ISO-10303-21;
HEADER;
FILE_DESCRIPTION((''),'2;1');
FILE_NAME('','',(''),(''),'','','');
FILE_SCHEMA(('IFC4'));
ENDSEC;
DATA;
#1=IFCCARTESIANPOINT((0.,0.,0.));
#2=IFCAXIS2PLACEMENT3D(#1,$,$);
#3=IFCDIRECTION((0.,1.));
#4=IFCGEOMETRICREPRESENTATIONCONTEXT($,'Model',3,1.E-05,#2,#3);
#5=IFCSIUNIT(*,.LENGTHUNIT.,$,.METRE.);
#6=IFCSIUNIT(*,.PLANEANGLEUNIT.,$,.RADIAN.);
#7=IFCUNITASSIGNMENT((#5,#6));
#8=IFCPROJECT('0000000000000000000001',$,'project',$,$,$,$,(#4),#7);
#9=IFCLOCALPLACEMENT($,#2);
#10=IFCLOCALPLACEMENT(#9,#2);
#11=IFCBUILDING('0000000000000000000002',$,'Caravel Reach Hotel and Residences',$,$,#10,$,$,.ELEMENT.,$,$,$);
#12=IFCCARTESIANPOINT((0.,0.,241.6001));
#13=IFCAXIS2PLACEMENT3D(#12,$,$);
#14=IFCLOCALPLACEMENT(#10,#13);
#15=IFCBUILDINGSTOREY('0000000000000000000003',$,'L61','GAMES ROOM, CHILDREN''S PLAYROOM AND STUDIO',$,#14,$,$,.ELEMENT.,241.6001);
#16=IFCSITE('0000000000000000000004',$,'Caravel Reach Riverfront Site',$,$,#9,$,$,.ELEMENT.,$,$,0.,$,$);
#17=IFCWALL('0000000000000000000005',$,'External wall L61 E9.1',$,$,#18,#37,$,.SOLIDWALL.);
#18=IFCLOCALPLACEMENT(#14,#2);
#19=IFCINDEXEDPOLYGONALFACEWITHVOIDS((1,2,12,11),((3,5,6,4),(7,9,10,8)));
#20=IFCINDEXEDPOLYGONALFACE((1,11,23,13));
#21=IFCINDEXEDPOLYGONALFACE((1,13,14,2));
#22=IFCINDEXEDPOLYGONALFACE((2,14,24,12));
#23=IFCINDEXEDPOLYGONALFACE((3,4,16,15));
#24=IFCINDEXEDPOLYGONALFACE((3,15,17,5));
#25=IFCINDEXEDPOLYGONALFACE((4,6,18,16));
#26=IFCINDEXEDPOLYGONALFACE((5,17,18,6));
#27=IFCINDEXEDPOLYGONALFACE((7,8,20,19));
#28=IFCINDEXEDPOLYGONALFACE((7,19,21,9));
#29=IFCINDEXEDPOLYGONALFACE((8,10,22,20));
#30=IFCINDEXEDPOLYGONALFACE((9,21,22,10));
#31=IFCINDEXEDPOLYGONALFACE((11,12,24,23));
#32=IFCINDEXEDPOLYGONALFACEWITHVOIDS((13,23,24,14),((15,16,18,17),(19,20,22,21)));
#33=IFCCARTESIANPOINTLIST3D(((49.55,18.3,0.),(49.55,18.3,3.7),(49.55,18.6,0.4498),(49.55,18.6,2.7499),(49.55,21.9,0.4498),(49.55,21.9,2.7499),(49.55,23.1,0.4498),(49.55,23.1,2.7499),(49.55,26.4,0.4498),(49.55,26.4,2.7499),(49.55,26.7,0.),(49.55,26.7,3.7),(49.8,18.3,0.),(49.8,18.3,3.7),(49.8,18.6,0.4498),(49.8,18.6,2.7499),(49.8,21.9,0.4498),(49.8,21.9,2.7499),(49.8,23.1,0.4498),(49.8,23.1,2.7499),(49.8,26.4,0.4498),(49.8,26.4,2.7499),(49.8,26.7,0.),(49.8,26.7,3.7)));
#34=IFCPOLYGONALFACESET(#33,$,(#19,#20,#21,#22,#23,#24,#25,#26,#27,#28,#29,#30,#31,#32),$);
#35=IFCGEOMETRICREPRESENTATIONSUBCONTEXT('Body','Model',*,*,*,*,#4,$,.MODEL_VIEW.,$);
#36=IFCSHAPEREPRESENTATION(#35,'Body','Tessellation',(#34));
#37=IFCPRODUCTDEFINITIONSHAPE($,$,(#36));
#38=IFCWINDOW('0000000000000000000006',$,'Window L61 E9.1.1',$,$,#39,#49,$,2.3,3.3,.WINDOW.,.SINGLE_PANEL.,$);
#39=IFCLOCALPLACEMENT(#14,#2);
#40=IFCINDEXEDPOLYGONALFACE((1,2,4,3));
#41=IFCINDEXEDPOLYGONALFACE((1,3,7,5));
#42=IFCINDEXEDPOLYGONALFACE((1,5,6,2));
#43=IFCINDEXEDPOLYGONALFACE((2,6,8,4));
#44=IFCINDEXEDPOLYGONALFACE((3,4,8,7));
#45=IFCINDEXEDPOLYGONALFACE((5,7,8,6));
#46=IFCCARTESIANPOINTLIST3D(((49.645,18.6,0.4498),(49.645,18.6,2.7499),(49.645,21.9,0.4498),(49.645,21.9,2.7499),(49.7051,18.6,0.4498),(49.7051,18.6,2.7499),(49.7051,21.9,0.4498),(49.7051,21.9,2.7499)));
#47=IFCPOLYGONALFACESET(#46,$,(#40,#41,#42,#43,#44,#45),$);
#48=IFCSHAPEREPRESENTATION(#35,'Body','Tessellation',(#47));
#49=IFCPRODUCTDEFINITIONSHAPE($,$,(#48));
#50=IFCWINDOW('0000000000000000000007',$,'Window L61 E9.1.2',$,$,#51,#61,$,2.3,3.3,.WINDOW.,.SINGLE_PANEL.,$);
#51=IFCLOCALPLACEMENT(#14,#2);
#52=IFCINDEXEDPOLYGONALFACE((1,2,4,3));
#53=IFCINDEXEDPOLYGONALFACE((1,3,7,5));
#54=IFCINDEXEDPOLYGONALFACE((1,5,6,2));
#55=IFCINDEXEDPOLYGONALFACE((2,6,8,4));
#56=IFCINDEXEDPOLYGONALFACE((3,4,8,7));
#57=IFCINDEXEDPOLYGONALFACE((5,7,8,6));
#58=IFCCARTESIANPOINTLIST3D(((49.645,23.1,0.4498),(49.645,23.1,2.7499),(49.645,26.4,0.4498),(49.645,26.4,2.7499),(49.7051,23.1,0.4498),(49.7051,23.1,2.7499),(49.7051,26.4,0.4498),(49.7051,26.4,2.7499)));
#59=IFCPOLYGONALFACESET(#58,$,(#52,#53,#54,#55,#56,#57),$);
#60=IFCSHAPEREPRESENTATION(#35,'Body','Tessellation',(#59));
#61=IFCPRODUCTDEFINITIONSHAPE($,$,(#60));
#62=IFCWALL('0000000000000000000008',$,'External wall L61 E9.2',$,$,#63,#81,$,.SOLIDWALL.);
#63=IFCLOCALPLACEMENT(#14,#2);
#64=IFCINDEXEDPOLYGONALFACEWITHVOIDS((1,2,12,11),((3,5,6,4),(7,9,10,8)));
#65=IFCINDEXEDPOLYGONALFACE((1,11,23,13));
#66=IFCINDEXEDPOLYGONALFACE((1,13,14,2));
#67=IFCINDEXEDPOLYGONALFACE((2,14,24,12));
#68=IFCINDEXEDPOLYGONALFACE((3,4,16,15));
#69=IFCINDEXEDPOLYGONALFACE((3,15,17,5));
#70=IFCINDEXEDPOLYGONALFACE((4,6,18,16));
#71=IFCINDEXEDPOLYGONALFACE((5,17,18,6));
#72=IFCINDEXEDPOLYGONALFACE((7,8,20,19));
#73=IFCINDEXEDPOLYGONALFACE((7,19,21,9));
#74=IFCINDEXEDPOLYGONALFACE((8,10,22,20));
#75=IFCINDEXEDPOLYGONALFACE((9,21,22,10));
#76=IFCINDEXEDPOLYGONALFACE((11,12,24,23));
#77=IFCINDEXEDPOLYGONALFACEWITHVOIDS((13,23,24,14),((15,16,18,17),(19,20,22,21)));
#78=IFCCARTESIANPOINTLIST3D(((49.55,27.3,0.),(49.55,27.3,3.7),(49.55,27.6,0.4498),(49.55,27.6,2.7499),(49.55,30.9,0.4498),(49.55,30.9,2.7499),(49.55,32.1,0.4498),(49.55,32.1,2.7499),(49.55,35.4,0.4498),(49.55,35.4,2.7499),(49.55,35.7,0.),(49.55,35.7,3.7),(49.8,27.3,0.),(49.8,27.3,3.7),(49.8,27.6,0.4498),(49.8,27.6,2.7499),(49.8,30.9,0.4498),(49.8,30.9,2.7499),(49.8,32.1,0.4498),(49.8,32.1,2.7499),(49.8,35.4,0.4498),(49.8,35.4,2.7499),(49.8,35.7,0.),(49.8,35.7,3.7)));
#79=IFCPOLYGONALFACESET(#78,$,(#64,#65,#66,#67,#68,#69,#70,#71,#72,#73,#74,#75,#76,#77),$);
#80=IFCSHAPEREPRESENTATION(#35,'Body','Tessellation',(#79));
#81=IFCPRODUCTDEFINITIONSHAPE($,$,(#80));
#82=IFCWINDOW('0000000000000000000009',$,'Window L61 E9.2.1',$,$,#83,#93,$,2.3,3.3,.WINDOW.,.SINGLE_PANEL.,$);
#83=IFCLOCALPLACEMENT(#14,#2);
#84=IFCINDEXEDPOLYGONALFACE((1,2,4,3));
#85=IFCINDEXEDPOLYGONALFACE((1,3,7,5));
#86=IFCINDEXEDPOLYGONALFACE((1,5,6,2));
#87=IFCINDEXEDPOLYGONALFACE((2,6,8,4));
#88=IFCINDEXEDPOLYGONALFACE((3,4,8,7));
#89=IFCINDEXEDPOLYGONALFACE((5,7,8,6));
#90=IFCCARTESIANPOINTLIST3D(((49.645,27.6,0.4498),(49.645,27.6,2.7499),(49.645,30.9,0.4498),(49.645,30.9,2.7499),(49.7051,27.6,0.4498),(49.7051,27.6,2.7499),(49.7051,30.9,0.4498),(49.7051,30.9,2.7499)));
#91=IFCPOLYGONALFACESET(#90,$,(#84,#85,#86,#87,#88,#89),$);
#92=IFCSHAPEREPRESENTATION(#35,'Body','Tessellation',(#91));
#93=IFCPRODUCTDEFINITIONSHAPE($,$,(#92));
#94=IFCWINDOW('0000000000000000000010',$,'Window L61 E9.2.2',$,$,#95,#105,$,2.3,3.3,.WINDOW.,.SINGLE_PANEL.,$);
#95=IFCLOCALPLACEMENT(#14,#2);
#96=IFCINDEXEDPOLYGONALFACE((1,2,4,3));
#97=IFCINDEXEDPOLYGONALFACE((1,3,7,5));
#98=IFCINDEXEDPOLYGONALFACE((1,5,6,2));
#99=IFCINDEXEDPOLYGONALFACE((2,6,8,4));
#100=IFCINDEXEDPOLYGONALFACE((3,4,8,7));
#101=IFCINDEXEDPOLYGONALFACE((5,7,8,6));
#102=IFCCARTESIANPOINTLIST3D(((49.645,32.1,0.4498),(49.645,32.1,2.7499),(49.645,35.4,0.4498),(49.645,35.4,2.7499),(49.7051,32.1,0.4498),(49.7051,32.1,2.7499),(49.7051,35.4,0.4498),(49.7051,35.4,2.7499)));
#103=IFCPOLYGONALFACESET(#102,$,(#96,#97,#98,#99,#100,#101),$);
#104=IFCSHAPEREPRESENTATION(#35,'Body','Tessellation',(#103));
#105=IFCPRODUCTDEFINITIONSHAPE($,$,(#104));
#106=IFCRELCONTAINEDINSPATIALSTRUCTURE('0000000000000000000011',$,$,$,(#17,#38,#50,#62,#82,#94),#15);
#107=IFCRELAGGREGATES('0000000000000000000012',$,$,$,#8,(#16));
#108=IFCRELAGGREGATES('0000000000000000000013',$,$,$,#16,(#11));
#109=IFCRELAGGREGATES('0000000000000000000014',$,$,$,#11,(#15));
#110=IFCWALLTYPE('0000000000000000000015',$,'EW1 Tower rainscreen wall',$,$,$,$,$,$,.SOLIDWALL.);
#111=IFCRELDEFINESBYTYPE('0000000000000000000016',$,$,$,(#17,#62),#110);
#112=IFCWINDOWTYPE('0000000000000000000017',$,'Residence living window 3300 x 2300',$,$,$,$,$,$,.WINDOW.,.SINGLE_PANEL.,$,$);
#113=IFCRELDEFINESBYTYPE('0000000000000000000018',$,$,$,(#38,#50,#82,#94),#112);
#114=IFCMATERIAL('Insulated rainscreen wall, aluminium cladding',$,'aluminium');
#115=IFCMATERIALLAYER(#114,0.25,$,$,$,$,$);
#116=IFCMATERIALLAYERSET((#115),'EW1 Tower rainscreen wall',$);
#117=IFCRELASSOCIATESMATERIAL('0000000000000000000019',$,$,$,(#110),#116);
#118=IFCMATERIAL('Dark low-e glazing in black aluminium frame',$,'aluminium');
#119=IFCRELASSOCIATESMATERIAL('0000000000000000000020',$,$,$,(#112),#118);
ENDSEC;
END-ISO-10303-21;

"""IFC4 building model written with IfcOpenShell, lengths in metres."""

from ifc_helpers import new_model, si_unit, direction, frame, frame_2d, origin, place, context, subcontext, project, spatial, rectangle, extrude, material, layer, layer_set, type_object, element, fill, save


model = new_model("IFC4")

# Units and contexts
model_context = context("Model", 3, precision=1e-05, world=origin(), true_north=direction((0.0, 1.0)))
body_context = subcontext(model_context, "Body", "Model", "MODEL_VIEW")
ifc_project = project(units=[si_unit("LENGTHUNIT", "METRE"), si_unit("PLANEANGLEUNIT", "RADIAN")], contexts=[model_context])

# Site, building, storey
site_placement = place(None, origin())
site = spatial("IfcSite", under=ifc_project, at=site_placement, Name="Caravel Reach Riverfront Site", CompositionType="ELEMENT", RefElevation=0.0)
building_placement = place(site_placement, origin())
building = spatial("IfcBuilding", under=site, at=building_placement, Name="Caravel Reach Hotel and Residences", CompositionType="ELEMENT")
storey_placement = place(building_placement, frame((0.0, 0.0, 241.6001)))
storey = spatial("IfcBuildingStorey", under=building, at=storey_placement, Name="L61", Description="GAMES ROOM, CHILDREN'S PLAYROOM AND STUDIO", CompositionType="ELEMENT", Elevation=241.6001)

# Walls, openings, windows
ifc_material_1 = material(Name="Insulated rainscreen wall, aluminium cladding", Category="aluminium")
ifc_layer_1 = layer(ifc_material_1, 0.25)
ifc_layer_set_1 = layer_set([ifc_layer_1], Name="EW1 Tower rainscreen wall")
wall_type_1 = type_object("IfcWallType", Name="EW1 Tower rainscreen wall", PredefinedType="SOLIDWALL", material=ifc_layer_set_1)
wall_1_placement = place(storey_placement, frame((49.675, 18.3, 0.0), z_axis=(0.0, 0.0, 1.0), x_axis=(0.0, 1.0, 0.0)))
wall_1 = element("IfcWall", 1, at=wall_1_placement, inside=storey, type_object=wall_type_1, Name="External wall L61 E9.1", PredefinedType="SOLIDWALL", context=body_context, shape_type="SweptSolid", body=[
    extrude(rectangle(XDim=8.3999, YDim=0.25, at=frame_2d((4.2, 0.0))), origin(), (0.0, 0.0, 1.0), 3.7),
])
opening_1_placement = place(wall_1_placement, frame((0.3, 0.0, 0.45)))
opening_1 = element("IfcOpeningElement", 2, at=opening_1_placement, cuts=wall_1, PredefinedType="OPENING", context=body_context, shape_type="SweptSolid", body=[
    extrude(rectangle(XDim=3.3, YDim=2.3, at=frame_2d((1.6499, 1.1499))), frame((0.0, 0.135, 0.0), z_axis=(0.0, -1.0, 0.0), x_axis=(1.0, 0.0, 0.0)), (0.0, 0.0, 1.0), 0.27),
])
opening_2_placement = place(wall_1_placement, frame((4.8, 0.0, 0.45)))
opening_2 = element("IfcOpeningElement", 3, at=opening_2_placement, cuts=wall_1, PredefinedType="OPENING", context=body_context, shape_type="SweptSolid", body=[
    extrude(rectangle(XDim=3.3, YDim=2.3, at=frame_2d((1.6499, 1.1499))), frame((0.0, 0.135, 0.0), z_axis=(0.0, -1.0, 0.0), x_axis=(1.0, 0.0, 0.0)), (0.0, 0.0, 1.0), 0.27),
])
ifc_material_2 = material(Name="Dark low-e glazing in black aluminium frame", Category="aluminium")
window_type = type_object("IfcWindowType", Name="Residence living window 3300 x 2300", PartitioningType="SINGLE_PANEL", PredefinedType="WINDOW", material=ifc_material_2)
window_1_placement = place(opening_1_placement, origin())
window_1 = element("IfcWindow", 4, at=window_1_placement, inside=storey, type_object=window_type, Name="Window L61 E9.1.1", OverallHeight=2.3, OverallWidth=3.3, PartitioningType="SINGLE_PANEL", PredefinedType="WINDOW", context=body_context, shape_type="SweptSolid", body=[
    extrude(rectangle(XDim=3.3, YDim=2.3, at=frame_2d((1.6499, 1.1499))), frame((0.0, 0.03, 0.0), z_axis=(0.0, -1.0, 0.0), x_axis=(1.0, 0.0, 0.0)), (0.0, 0.0, 1.0), 0.0601),
])
fill(opening_1, window_1)
window_2_placement = place(opening_2_placement, origin())
window_2 = element("IfcWindow", 5, at=window_2_placement, inside=storey, type_object=window_type, Name="Window L61 E9.1.2", OverallHeight=2.3, OverallWidth=3.3, PartitioningType="SINGLE_PANEL", PredefinedType="WINDOW", context=body_context, shape_type="SweptSolid", body=[
    extrude(rectangle(XDim=3.3, YDim=2.3, at=frame_2d((1.6499, 1.1499))), frame((0.0, 0.03, 0.0), z_axis=(0.0, -1.0, 0.0), x_axis=(1.0, 0.0, 0.0)), (0.0, 0.0, 1.0), 0.0601),
])
fill(opening_2, window_2)
wall_2_placement = place(storey_placement, frame((49.675, 27.3, 0.0), z_axis=(0.0, 0.0, 1.0), x_axis=(0.0, 1.0, 0.0)))
wall_2 = element("IfcWall", 6, at=wall_2_placement, inside=storey, type_object=wall_type_1, Name="External wall L61 E9.2", PredefinedType="SOLIDWALL", context=body_context, shape_type="SweptSolid", body=[
    extrude(rectangle(XDim=8.3999, YDim=0.25, at=frame_2d((4.2, 0.0))), origin(), (0.0, 0.0, 1.0), 3.7),
])
opening_3_placement = place(wall_2_placement, frame((0.3, 0.0, 0.45)))
opening_3 = element("IfcOpeningElement", 7, at=opening_3_placement, cuts=wall_2, PredefinedType="OPENING", context=body_context, shape_type="SweptSolid", body=[
    extrude(rectangle(XDim=3.3, YDim=2.3, at=frame_2d((1.6499, 1.1499))), frame((0.0, 0.135, 0.0), z_axis=(0.0, -1.0, 0.0), x_axis=(1.0, 0.0, 0.0)), (0.0, 0.0, 1.0), 0.27),
])
opening_4_placement = place(wall_2_placement, frame((4.8, 0.0, 0.45)))
opening_4 = element("IfcOpeningElement", 8, at=opening_4_placement, cuts=wall_2, PredefinedType="OPENING", context=body_context, shape_type="SweptSolid", body=[
    extrude(rectangle(XDim=3.3, YDim=2.3, at=frame_2d((1.6499, 1.1499))), frame((0.0, 0.135, 0.0), z_axis=(0.0, -1.0, 0.0), x_axis=(1.0, 0.0, 0.0)), (0.0, 0.0, 1.0), 0.27),
])
window_3_placement = place(opening_3_placement, origin())
window_3 = element("IfcWindow", 9, at=window_3_placement, inside=storey, type_object=window_type, Name="Window L61 E9.2.1", OverallHeight=2.3, OverallWidth=3.3, PartitioningType="SINGLE_PANEL", PredefinedType="WINDOW", context=body_context, shape_type="SweptSolid", body=[
    extrude(rectangle(XDim=3.3, YDim=2.3, at=frame_2d((1.6499, 1.1499))), frame((0.0, 0.03, 0.0), z_axis=(0.0, -1.0, 0.0), x_axis=(1.0, 0.0, 0.0)), (0.0, 0.0, 1.0), 0.0601),
])
fill(opening_3, window_3)
window_4_placement = place(opening_4_placement, origin())
window_4 = element("IfcWindow", 10, at=window_4_placement, inside=storey, type_object=window_type, Name="Window L61 E9.2.2", OverallHeight=2.3, OverallWidth=3.3, PartitioningType="SINGLE_PANEL", PredefinedType="WINDOW", context=body_context, shape_type="SweptSolid", body=[
    extrude(rectangle(XDim=3.3, YDim=2.3, at=frame_2d((1.6499, 1.1499))), frame((0.0, 0.03, 0.0), z_axis=(0.0, -1.0, 0.0), x_axis=(1.0, 0.0, 0.0)), (0.0, 0.0, 1.0), 0.0601),
])
fill(opening_4, window_4)

save(model, "model.ifc")
